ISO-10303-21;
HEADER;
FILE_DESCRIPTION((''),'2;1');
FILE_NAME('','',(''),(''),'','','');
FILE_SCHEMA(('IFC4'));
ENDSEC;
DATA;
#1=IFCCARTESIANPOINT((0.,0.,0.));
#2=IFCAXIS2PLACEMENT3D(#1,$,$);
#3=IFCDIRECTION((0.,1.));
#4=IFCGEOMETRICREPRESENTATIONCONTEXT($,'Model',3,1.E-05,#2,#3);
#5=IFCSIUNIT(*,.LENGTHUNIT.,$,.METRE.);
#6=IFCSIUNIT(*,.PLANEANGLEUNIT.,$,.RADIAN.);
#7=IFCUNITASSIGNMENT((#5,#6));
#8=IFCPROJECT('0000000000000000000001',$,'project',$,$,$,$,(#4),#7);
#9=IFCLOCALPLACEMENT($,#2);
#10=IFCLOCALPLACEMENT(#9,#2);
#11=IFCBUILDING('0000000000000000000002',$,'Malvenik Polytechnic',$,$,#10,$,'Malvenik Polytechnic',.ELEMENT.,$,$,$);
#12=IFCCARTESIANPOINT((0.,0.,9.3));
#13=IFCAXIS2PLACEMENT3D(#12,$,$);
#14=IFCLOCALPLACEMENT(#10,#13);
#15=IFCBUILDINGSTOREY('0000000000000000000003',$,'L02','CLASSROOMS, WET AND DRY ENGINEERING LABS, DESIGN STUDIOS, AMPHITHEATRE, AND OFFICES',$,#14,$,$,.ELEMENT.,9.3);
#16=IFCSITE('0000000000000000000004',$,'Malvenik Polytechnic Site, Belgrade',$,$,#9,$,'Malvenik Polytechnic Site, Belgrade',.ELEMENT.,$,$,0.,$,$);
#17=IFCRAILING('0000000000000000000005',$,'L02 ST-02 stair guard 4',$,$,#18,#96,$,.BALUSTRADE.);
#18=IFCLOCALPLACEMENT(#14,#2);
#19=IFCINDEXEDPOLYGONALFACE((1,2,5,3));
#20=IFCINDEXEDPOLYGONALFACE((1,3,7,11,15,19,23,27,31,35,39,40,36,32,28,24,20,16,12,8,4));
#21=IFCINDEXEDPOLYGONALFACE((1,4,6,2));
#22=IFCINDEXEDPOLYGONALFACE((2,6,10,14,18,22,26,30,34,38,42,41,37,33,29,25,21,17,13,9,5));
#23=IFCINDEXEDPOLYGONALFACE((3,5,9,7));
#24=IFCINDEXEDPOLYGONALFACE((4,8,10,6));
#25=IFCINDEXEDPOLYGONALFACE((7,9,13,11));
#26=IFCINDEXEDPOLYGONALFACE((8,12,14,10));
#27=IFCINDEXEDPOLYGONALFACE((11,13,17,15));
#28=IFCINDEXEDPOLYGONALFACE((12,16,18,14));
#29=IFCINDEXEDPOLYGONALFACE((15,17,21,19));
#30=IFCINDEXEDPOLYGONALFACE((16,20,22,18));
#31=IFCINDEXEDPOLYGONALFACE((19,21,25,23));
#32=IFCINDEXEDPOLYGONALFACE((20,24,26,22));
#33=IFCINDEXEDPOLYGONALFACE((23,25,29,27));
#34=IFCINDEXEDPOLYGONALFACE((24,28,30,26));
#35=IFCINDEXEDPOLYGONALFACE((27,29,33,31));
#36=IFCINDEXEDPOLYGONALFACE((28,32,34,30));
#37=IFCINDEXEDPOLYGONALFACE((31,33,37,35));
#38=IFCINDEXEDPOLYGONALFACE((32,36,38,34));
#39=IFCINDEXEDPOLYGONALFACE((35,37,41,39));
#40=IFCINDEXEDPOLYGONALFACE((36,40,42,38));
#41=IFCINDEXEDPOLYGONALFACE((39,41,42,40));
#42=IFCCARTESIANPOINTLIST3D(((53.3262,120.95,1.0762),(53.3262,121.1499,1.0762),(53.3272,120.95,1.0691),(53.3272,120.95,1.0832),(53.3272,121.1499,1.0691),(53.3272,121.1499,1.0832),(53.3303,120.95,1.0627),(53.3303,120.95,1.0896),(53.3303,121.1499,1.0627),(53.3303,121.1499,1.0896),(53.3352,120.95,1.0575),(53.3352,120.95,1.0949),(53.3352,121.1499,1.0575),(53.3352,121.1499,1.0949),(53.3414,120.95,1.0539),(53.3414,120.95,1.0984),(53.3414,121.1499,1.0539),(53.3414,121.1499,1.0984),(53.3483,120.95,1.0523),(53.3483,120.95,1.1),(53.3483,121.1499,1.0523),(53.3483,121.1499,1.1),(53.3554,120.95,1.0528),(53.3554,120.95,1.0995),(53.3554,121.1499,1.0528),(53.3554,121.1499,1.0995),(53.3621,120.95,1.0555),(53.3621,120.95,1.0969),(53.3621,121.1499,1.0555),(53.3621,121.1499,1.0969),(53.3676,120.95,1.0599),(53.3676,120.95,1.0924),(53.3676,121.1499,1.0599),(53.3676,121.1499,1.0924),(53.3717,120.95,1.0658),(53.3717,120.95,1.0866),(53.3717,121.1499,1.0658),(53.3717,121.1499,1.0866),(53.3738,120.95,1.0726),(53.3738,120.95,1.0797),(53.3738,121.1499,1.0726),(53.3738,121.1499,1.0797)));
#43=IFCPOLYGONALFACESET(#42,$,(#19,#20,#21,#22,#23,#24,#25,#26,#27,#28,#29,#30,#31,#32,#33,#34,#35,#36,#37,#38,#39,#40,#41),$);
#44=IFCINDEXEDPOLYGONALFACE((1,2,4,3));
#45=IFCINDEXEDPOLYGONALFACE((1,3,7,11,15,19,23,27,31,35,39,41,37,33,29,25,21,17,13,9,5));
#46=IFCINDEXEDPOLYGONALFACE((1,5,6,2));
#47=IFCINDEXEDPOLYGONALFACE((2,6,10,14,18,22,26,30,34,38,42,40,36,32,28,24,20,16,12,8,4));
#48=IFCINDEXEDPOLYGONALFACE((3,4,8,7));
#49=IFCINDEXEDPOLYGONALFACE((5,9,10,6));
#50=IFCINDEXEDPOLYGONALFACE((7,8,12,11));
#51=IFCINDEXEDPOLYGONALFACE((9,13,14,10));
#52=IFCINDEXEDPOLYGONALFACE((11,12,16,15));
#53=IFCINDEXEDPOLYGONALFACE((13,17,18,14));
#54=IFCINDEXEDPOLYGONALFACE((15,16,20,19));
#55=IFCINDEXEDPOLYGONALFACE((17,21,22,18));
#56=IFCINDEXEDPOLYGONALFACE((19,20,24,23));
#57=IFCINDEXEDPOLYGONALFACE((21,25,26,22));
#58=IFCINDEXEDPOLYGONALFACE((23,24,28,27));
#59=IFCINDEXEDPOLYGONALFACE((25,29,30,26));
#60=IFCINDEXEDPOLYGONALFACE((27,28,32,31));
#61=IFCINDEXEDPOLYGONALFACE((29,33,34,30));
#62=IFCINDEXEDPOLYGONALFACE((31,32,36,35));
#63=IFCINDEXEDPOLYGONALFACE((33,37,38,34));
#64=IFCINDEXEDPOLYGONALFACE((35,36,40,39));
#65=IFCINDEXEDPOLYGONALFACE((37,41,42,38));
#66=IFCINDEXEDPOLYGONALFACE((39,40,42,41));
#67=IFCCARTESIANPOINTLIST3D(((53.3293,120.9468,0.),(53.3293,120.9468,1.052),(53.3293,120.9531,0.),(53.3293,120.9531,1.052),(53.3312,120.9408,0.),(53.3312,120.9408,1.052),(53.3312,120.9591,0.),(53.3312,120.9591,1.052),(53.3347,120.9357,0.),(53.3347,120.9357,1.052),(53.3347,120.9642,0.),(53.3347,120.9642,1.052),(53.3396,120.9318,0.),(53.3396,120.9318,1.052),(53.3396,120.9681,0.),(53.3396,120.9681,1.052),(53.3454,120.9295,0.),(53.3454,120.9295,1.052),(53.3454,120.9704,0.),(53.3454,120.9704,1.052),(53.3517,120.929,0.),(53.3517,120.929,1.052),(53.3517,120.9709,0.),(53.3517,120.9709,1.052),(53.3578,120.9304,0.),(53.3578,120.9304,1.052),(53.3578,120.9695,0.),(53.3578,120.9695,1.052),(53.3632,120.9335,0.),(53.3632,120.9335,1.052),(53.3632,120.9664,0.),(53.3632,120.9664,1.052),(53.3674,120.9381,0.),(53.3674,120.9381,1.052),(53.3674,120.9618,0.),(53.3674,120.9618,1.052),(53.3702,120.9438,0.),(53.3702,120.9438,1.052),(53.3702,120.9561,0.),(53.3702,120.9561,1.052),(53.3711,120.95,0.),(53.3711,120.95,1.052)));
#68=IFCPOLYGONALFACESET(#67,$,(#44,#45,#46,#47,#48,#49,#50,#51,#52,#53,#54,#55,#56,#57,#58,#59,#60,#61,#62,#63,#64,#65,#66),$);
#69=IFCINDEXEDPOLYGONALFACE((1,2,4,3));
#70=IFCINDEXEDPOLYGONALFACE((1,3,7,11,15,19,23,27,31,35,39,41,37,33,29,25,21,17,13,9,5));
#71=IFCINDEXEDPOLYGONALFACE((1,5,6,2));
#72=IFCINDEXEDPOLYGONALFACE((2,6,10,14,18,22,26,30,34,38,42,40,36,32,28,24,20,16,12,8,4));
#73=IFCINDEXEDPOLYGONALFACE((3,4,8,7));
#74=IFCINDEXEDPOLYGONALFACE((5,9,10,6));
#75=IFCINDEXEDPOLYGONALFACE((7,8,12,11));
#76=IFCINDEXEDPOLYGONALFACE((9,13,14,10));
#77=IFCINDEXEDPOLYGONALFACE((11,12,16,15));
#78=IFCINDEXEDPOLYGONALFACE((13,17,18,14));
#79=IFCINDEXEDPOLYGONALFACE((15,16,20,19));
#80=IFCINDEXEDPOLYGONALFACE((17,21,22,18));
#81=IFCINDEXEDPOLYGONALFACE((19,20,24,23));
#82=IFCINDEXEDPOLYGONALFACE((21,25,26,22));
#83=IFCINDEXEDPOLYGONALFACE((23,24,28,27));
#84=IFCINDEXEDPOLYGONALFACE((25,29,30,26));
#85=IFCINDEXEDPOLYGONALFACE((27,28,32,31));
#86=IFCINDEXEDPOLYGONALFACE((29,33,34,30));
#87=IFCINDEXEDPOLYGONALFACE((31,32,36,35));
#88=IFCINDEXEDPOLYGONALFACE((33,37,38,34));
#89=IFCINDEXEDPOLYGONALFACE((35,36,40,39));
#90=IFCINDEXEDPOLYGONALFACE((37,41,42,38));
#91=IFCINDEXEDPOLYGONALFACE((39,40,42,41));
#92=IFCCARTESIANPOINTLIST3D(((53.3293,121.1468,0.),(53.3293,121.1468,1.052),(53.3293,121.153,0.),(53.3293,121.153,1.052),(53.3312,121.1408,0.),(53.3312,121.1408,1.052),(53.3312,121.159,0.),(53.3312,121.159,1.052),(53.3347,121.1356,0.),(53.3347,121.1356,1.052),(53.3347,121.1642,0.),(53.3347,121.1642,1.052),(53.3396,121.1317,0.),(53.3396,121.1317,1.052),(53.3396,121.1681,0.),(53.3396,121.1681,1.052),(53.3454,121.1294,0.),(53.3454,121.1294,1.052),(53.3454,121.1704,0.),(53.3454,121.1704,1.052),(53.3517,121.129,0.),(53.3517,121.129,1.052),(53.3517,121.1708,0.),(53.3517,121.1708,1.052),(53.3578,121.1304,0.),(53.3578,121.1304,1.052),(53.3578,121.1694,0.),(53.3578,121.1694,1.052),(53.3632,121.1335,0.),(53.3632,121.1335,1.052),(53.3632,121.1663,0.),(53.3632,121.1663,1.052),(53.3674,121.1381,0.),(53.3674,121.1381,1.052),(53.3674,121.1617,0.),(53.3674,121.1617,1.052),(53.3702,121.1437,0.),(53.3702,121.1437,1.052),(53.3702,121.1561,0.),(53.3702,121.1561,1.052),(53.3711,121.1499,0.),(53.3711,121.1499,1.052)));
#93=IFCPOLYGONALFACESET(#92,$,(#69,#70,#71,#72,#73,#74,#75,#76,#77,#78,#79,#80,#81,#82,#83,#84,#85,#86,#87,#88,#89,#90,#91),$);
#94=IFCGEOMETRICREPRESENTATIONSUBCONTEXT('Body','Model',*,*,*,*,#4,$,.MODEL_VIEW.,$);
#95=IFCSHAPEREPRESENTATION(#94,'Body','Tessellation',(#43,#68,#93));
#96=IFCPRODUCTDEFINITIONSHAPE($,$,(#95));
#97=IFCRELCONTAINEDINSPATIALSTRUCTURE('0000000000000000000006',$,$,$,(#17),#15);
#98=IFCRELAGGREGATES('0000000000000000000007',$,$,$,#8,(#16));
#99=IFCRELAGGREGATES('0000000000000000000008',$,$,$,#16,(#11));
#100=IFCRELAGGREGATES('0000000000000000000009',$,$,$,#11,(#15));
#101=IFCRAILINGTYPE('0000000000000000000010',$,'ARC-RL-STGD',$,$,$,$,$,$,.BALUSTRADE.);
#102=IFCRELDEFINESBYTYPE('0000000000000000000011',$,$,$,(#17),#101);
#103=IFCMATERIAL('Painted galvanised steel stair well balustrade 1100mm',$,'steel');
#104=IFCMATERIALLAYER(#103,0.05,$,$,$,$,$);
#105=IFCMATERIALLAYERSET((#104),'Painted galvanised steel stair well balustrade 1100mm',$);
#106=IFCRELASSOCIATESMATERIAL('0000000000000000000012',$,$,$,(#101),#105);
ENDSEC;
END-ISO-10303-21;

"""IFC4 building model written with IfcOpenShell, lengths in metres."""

from ifc_helpers import new_model, si_unit, direction, frame, origin, origin_2d, place, context, subcontext, project, spatial, circle, extrude, material, layer, layer_set, type_object, element, save


model = new_model("IFC4")

# Units and contexts
model_context = context("Model", 3, precision=1e-05, world=origin(), true_north=direction((0.0, 1.0)))
body_context = subcontext(model_context, "Body", "Model", "MODEL_VIEW")
ifc_project = project(units=[si_unit("LENGTHUNIT", "METRE"), si_unit("PLANEANGLEUNIT", "RADIAN")], contexts=[model_context])

# Site, building, storey
site_placement = place(None, origin())
site = spatial("IfcSite", under=ifc_project, at=site_placement, Name="Malvenik Polytechnic Site, Belgrade", LongName="Malvenik Polytechnic Site, Belgrade", CompositionType="ELEMENT", RefElevation=0.0)
building_placement = place(site_placement, origin())
building = spatial("IfcBuilding", under=site, at=building_placement, Name="Malvenik Polytechnic", LongName="Malvenik Polytechnic", CompositionType="ELEMENT")
storey_placement = place(building_placement, frame((0.0, 0.0, 9.3)))
storey = spatial("IfcBuildingStorey", under=building, at=storey_placement, Name="L02", Description="CLASSROOMS, WET AND DRY ENGINEERING LABS, DESIGN STUDIOS, AMPHITHEATRE, AND OFFICES", CompositionType="ELEMENT", Elevation=9.3)

# Railing
ifc_material_1 = material(Name="Painted galvanised steel stair well balustrade 1100mm", Category="steel")
ifc_layer_1 = layer(ifc_material_1, 0.05)
ifc_layer_set_1 = layer_set([ifc_layer_1], Name="Painted galvanised steel stair well balustrade 1100mm")
railing_type_1 = type_object("IfcRailingType", Name="ARC-RL-STGD", PredefinedType="BALUSTRADE", material=ifc_layer_set_1)
railing_1_placement = place(storey_placement, frame((53.3501, 120.95, 0.0)))
element("IfcRailing", 1, at=railing_1_placement, inside=storey, type_object=railing_type_1, Name="L02 ST-02 stair guard 4", PredefinedType="BALUSTRADE", context=body_context, shape_type="SweptSolid", body=[
    extrude(circle(Radius=0.0239, at=origin_2d()), frame((0.0, 0.0, 1.0762), z_axis=(0.0, 1.0, 0.0), x_axis=(-1.0, 0.0, 0.0)), (0.0, 0.0, 1.0), 0.2),
    extrude(circle(Radius=0.021, at=origin_2d()), origin(), (0.0, 0.0, 1.0), 1.052),
    extrude(circle(Radius=0.021, at=origin_2d()), frame((0.0, 0.2, 0.0)), (0.0, 0.0, 1.0), 1.052),
])

save(model, "model.ifc")
